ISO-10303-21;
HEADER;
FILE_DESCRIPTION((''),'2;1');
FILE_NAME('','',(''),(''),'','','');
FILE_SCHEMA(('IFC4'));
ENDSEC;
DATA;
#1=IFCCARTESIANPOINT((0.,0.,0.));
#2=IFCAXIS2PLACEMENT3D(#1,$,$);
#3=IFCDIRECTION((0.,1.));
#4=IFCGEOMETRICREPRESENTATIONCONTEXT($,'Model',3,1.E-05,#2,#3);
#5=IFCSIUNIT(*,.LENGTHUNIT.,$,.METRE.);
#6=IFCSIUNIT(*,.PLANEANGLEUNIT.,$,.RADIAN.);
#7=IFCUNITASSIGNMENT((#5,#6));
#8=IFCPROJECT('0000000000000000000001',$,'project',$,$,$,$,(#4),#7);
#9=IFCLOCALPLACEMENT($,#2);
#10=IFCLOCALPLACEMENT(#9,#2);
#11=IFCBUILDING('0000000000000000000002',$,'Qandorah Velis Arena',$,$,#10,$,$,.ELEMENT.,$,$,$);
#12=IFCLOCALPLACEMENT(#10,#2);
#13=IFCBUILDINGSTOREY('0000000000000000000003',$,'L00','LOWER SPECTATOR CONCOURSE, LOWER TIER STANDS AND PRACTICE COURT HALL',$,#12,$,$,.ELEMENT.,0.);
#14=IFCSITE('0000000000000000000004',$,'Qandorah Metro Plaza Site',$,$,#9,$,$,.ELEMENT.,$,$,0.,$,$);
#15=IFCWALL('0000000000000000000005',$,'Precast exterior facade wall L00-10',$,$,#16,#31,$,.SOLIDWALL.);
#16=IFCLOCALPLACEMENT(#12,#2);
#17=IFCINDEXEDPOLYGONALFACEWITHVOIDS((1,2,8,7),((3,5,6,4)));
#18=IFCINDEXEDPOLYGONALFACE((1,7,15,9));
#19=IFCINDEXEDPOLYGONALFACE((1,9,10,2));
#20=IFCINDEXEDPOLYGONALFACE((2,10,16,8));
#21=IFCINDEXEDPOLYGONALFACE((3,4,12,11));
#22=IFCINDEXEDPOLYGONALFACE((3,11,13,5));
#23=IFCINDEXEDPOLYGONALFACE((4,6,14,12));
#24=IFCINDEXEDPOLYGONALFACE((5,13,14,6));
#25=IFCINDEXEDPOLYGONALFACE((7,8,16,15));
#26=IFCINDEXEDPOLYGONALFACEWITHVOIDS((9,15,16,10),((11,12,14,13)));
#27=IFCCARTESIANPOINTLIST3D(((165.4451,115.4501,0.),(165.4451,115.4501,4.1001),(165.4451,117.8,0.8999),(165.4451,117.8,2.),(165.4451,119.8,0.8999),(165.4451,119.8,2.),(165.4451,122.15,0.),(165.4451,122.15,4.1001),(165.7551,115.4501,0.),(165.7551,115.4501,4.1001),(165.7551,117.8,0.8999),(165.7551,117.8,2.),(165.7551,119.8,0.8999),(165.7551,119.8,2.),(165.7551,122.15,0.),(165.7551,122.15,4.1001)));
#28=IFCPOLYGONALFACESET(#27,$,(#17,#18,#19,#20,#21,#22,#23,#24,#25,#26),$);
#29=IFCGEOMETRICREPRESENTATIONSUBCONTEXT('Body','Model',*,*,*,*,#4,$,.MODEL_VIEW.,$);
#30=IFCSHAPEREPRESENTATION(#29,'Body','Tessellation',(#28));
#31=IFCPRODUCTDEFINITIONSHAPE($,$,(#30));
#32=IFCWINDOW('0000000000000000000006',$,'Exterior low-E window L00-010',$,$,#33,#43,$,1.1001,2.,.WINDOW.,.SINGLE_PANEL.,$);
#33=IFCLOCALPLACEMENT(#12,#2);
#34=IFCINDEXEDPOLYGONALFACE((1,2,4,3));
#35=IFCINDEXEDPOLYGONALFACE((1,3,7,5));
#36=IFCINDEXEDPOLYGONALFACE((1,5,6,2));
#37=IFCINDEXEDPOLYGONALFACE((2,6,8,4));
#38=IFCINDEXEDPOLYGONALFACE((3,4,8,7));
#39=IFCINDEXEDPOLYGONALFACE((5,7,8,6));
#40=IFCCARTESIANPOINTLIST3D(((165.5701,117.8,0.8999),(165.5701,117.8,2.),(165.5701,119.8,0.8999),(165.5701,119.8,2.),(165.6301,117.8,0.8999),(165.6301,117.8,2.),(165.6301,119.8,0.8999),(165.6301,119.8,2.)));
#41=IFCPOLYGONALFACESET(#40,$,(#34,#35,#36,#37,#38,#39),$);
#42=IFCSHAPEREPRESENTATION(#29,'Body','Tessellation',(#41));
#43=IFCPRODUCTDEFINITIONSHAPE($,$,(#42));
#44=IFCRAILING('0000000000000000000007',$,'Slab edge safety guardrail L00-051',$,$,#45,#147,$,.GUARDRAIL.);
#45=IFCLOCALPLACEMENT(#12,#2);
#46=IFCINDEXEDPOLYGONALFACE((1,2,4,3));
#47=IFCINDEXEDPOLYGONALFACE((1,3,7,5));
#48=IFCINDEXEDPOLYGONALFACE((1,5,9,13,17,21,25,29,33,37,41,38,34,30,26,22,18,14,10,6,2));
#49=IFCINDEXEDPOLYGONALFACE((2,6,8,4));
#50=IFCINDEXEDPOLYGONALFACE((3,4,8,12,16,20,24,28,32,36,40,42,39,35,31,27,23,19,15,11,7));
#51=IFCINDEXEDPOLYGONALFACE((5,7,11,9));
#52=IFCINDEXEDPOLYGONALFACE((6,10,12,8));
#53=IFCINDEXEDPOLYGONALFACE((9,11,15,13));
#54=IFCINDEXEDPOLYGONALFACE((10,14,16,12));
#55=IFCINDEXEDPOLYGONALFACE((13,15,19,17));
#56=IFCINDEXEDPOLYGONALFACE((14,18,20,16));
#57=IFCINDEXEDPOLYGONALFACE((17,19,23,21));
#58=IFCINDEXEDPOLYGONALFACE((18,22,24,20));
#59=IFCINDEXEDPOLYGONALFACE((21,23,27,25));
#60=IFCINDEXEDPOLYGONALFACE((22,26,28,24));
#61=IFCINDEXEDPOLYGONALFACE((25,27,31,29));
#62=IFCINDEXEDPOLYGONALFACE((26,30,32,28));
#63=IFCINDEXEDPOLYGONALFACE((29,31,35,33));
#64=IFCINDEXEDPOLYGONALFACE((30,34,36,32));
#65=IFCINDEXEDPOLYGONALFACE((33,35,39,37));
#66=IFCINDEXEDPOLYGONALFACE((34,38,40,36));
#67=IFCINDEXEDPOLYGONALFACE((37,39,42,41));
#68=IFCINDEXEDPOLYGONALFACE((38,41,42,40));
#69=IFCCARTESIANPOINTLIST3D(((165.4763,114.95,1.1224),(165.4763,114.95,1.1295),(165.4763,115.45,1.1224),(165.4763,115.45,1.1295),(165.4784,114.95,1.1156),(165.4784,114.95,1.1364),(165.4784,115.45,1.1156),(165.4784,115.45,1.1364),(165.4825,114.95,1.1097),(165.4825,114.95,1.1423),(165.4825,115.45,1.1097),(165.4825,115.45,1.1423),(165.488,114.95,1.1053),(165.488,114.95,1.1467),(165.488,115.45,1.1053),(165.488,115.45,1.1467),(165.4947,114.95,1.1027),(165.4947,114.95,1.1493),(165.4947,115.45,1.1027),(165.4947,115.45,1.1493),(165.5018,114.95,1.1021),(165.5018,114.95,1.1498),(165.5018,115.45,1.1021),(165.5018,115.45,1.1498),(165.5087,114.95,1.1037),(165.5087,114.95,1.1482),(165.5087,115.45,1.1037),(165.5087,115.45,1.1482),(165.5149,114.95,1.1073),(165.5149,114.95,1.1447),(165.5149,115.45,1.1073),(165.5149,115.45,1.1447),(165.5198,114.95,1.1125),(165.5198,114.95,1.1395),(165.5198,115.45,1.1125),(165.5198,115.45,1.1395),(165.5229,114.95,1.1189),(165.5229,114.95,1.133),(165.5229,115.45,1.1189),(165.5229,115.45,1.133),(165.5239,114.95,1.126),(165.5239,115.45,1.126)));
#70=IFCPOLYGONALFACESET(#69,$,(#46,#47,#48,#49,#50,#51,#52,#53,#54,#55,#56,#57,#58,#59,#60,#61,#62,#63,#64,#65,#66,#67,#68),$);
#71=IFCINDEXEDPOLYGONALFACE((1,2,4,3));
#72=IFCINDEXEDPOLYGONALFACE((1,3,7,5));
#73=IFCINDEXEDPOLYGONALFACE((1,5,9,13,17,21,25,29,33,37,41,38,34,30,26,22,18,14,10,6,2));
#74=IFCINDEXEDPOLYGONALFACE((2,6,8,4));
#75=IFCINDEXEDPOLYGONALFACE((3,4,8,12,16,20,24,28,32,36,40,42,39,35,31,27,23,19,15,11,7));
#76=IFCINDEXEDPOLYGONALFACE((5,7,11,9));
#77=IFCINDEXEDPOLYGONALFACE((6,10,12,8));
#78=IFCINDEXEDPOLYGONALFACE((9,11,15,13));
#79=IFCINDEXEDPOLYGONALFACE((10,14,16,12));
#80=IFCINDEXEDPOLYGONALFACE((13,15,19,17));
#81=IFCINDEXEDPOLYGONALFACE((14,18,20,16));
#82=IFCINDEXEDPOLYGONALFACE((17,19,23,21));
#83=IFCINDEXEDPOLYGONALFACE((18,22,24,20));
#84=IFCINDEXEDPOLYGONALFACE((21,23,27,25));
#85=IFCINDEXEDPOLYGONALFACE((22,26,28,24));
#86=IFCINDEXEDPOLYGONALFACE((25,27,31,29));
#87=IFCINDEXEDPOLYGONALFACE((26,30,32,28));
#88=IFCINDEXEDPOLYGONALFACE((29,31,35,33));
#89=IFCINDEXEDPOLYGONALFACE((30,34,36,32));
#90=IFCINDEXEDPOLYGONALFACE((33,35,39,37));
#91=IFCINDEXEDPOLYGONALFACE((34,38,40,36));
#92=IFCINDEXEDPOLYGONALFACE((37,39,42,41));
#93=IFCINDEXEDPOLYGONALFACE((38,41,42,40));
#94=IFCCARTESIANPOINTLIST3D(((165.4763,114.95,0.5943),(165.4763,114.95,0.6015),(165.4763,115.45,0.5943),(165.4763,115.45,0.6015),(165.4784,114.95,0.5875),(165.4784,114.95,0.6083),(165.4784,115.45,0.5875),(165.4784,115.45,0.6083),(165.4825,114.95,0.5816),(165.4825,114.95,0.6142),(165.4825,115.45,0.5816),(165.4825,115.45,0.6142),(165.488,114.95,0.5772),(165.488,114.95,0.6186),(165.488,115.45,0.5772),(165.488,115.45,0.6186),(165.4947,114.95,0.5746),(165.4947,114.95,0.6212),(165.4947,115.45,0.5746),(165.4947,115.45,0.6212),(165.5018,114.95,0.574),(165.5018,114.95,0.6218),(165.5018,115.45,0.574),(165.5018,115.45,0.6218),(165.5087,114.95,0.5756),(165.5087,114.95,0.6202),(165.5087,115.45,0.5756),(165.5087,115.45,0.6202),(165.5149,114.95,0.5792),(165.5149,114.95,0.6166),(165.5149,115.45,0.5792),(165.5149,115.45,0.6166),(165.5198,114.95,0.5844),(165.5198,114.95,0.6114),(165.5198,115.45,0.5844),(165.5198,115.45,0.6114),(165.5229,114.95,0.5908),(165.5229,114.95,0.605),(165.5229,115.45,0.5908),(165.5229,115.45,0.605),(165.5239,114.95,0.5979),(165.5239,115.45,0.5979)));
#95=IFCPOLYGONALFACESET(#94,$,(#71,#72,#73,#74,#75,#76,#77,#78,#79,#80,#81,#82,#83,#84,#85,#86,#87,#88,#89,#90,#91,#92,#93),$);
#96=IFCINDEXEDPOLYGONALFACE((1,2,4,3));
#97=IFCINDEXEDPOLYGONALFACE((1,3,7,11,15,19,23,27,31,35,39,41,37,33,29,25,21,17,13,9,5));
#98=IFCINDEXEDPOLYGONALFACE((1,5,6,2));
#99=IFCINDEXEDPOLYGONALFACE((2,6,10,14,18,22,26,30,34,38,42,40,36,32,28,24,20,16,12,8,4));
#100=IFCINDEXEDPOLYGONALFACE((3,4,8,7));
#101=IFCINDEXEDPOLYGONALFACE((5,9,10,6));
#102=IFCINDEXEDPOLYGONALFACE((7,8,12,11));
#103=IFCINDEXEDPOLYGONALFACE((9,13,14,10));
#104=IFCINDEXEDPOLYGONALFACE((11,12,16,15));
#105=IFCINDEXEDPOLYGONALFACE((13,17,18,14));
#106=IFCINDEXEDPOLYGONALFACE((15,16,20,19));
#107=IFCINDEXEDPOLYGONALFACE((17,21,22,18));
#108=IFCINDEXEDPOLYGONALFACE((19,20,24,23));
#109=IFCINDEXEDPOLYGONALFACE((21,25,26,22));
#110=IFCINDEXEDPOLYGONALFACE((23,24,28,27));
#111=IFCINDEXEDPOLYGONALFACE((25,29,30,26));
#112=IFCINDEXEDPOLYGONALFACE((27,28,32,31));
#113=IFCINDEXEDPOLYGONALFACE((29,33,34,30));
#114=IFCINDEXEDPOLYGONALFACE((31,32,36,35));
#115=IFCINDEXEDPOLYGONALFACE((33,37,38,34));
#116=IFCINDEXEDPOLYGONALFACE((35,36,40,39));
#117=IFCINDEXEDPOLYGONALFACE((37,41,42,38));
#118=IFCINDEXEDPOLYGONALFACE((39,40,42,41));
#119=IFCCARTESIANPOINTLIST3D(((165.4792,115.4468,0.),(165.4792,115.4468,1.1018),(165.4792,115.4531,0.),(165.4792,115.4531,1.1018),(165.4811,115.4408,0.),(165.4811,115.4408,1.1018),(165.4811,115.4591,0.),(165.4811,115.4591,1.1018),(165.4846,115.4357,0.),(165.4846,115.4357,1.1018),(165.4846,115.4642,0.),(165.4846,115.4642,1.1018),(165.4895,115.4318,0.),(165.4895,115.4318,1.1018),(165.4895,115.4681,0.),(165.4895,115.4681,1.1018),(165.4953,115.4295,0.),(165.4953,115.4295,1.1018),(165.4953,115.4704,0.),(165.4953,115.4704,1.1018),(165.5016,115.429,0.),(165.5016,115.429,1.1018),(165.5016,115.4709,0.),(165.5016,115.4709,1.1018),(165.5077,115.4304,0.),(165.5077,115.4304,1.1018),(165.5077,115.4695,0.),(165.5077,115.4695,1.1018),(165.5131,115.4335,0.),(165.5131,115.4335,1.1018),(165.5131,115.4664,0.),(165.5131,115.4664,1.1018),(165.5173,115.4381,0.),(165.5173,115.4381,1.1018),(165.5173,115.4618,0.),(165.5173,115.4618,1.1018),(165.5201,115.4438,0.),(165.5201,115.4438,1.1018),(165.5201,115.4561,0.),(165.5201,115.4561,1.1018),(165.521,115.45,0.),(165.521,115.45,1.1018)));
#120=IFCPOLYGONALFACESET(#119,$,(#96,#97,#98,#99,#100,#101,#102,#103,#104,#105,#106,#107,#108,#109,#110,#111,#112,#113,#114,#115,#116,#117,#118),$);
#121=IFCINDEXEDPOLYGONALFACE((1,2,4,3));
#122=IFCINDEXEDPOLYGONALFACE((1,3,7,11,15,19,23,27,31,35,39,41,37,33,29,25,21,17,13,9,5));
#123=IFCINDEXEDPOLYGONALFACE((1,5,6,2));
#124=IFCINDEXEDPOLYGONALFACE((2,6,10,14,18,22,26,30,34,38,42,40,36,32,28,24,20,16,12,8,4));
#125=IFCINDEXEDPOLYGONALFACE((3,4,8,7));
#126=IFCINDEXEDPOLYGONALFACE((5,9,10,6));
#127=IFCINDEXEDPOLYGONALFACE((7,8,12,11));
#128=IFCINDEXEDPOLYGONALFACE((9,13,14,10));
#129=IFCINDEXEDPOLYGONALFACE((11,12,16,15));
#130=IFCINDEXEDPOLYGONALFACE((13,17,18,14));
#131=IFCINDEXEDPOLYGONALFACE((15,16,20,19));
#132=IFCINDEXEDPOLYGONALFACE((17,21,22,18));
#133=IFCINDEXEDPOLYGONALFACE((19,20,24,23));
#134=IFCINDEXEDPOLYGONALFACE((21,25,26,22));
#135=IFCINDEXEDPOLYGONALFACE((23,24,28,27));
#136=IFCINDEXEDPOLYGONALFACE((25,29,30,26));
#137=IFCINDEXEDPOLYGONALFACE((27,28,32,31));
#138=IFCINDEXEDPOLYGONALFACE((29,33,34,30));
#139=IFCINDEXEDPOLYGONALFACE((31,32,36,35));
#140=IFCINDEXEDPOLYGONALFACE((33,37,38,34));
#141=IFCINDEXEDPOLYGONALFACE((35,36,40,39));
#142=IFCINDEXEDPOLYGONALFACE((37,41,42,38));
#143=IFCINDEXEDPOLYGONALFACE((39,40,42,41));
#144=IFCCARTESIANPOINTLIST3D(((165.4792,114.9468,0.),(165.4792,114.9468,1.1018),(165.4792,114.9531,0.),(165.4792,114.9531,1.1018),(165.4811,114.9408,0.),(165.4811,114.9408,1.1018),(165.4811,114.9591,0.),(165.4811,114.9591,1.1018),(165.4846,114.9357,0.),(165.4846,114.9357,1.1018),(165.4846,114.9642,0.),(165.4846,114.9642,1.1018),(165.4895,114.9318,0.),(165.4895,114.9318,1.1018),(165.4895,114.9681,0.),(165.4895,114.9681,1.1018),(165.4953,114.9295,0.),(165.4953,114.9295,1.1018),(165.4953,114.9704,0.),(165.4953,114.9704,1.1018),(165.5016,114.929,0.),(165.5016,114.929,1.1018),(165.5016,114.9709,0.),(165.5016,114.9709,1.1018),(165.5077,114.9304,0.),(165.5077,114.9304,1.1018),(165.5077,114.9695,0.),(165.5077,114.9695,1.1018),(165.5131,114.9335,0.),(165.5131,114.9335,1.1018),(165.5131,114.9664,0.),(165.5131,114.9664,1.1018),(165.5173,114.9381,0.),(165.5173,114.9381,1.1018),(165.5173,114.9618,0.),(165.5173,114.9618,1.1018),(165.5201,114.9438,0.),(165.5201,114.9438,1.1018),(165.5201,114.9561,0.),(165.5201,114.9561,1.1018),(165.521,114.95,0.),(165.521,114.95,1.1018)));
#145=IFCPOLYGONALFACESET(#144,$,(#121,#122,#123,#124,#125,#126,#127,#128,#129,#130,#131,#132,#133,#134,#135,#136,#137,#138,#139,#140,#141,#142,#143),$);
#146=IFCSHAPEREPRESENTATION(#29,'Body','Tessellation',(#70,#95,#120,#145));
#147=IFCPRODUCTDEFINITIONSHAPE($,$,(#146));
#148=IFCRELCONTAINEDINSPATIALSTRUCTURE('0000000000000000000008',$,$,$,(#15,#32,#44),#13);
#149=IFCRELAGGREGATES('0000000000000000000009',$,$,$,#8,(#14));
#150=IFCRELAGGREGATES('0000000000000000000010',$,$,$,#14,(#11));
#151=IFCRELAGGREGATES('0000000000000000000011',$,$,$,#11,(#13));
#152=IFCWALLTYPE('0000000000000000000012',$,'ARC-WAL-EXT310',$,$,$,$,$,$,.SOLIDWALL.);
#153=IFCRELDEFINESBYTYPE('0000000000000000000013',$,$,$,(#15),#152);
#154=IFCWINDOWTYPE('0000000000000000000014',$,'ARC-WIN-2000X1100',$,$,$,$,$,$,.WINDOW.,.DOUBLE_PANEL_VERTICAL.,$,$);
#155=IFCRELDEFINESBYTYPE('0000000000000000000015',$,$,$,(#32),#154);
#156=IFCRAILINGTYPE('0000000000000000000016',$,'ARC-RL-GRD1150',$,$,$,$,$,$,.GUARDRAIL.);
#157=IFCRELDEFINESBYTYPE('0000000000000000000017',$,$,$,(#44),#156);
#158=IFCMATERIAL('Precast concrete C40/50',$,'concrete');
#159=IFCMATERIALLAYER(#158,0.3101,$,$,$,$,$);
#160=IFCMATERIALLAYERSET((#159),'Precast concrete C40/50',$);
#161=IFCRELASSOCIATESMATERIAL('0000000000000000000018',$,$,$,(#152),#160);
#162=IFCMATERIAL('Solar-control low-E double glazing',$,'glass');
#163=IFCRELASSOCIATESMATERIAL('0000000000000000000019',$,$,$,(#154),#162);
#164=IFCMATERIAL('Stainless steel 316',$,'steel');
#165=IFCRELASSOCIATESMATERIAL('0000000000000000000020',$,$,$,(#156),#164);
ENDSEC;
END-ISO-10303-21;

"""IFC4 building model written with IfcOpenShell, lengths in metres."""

from ifc_helpers import new_model, si_unit, direction, frame, frame_2d, origin, origin_2d, place, context, subcontext, project, spatial, rectangle, circle, extrude, material, layer, layer_set, type_object, element, fill, save


model = new_model("IFC4")

# Units and contexts
model_context = context("Model", 3, precision=1e-05, world=origin(), true_north=direction((0.0, 1.0)))
body_context = subcontext(model_context, "Body", "Model", "MODEL_VIEW")
ifc_project = project(units=[si_unit("LENGTHUNIT", "METRE"), si_unit("PLANEANGLEUNIT", "RADIAN")], contexts=[model_context])

# Site, building, storey
site_placement = place(None, origin())
site = spatial("IfcSite", under=ifc_project, at=site_placement, Name="Qandorah Metro Plaza Site", CompositionType="ELEMENT", RefElevation=0.0)
building_placement = place(site_placement, origin())
building = spatial("IfcBuilding", under=site, at=building_placement, Name="Qandorah Velis Arena", CompositionType="ELEMENT")
storey_placement = place(building_placement, origin())
storey = spatial("IfcBuildingStorey", under=building, at=storey_placement, Name="L00", Description="LOWER SPECTATOR CONCOURSE, LOWER TIER STANDS AND PRACTICE COURT HALL", CompositionType="ELEMENT", Elevation=0.0)

# Wall, opening, window
ifc_material_1 = material(Name="Precast concrete C40/50", Category="concrete")
ifc_material_2 = material(Name="Solar-control low-E double glazing", Category="glass")
ifc_layer_1 = layer(ifc_material_1, 0.3101)
ifc_layer_set_1 = layer_set([ifc_layer_1], Name="Precast concrete C40/50")
wall_type_1 = type_object("IfcWallType", Name="ARC-WAL-EXT310", PredefinedType="SOLIDWALL", material=ifc_layer_set_1)
wall_1_placement = place(storey_placement, frame((165.6001, 115.45, 0.0), z_axis=(0.0, 0.0, 1.0), x_axis=(0.0, 1.0, 0.0)))
wall_1 = element("IfcWall", 1, at=wall_1_placement, inside=storey, type_object=wall_type_1, Name="Precast exterior facade wall L00-10", PredefinedType="SOLIDWALL", context=body_context, shape_type="SweptSolid", body=[
    extrude(rectangle(XDim=6.7, YDim=0.3101, at=frame_2d((3.3501, 0.0))), origin(), (0.0, 0.0, 1.0), 4.1001),
])
opening_1_placement = place(wall_1_placement, frame((2.3501, 0.0, 0.8999)))
opening_1 = element("IfcOpeningElement", 2, at=opening_1_placement, cuts=wall_1, PredefinedType="OPENING", context=body_context, shape_type="SweptSolid", body=[
    extrude(rectangle(XDim=2.0, YDim=1.1001, at=frame_2d((1.0, 0.55))), frame((0.0, 0.165, 0.0), z_axis=(0.0, -1.0, 0.0), x_axis=(1.0, 0.0, 0.0)), (0.0, 0.0, 1.0), 0.3301),
])
window_type_1 = type_object("IfcWindowType", Name="ARC-WIN-2000X1100", PartitioningType="DOUBLE_PANEL_VERTICAL", PredefinedType="WINDOW", material=ifc_material_2)
window_1_placement = place(opening_1_placement, origin())
window_1 = element("IfcWindow", 3, at=window_1_placement, inside=storey, type_object=window_type_1, Name="Exterior low-E window L00-010", OverallHeight=1.1001, OverallWidth=2.0, PartitioningType="SINGLE_PANEL", PredefinedType="WINDOW", context=body_context, shape_type="SweptSolid", body=[
    extrude(rectangle(XDim=2.0, YDim=1.1001, at=frame_2d((1.0, 0.55))), frame((0.0, 0.03, 0.0), z_axis=(0.0, -1.0, 0.0), x_axis=(1.0, 0.0, 0.0)), (0.0, 0.0, 1.0), 0.0601),
])
fill(opening_1, window_1)

# Railing
ifc_material_3 = material(Name="Stainless steel 316", Category="steel")
railing_type = type_object("IfcRailingType", Name="ARC-RL-GRD1150", PredefinedType="GUARDRAIL", material=ifc_material_3)
railing_1_placement = place(storey_placement, frame((165.5, 115.45, 0.0)))
element("IfcRailing", 4, at=railing_1_placement, inside=storey, type_object=railing_type, Name="Slab edge safety guardrail L00-051", PredefinedType="GUARDRAIL", context=body_context, shape_type="SweptSolid", body=[
    extrude(circle(Radius=0.0239, at=origin_2d()), frame((0.0, 0.0, 1.126), z_axis=(0.0, -1.0, 0.0), x_axis=(1.0, 0.0, 0.0)), (0.0, 0.0, 1.0), 0.5),
    extrude(circle(Radius=0.0239, at=origin_2d()), frame((0.0, 0.0, 0.5979), z_axis=(0.0, -1.0, 0.0), x_axis=(1.0, 0.0, 0.0)), (0.0, 0.0, 1.0), 0.5),
    extrude(circle(Radius=0.021, at=origin_2d()), origin(), (0.0, 0.0, 1.0), 1.1018),
    extrude(circle(Radius=0.021, at=origin_2d()), frame((0.0, -0.5, 0.0)), (0.0, 0.0, 1.0), 1.1018),
])

save(model, "model.ifc")
